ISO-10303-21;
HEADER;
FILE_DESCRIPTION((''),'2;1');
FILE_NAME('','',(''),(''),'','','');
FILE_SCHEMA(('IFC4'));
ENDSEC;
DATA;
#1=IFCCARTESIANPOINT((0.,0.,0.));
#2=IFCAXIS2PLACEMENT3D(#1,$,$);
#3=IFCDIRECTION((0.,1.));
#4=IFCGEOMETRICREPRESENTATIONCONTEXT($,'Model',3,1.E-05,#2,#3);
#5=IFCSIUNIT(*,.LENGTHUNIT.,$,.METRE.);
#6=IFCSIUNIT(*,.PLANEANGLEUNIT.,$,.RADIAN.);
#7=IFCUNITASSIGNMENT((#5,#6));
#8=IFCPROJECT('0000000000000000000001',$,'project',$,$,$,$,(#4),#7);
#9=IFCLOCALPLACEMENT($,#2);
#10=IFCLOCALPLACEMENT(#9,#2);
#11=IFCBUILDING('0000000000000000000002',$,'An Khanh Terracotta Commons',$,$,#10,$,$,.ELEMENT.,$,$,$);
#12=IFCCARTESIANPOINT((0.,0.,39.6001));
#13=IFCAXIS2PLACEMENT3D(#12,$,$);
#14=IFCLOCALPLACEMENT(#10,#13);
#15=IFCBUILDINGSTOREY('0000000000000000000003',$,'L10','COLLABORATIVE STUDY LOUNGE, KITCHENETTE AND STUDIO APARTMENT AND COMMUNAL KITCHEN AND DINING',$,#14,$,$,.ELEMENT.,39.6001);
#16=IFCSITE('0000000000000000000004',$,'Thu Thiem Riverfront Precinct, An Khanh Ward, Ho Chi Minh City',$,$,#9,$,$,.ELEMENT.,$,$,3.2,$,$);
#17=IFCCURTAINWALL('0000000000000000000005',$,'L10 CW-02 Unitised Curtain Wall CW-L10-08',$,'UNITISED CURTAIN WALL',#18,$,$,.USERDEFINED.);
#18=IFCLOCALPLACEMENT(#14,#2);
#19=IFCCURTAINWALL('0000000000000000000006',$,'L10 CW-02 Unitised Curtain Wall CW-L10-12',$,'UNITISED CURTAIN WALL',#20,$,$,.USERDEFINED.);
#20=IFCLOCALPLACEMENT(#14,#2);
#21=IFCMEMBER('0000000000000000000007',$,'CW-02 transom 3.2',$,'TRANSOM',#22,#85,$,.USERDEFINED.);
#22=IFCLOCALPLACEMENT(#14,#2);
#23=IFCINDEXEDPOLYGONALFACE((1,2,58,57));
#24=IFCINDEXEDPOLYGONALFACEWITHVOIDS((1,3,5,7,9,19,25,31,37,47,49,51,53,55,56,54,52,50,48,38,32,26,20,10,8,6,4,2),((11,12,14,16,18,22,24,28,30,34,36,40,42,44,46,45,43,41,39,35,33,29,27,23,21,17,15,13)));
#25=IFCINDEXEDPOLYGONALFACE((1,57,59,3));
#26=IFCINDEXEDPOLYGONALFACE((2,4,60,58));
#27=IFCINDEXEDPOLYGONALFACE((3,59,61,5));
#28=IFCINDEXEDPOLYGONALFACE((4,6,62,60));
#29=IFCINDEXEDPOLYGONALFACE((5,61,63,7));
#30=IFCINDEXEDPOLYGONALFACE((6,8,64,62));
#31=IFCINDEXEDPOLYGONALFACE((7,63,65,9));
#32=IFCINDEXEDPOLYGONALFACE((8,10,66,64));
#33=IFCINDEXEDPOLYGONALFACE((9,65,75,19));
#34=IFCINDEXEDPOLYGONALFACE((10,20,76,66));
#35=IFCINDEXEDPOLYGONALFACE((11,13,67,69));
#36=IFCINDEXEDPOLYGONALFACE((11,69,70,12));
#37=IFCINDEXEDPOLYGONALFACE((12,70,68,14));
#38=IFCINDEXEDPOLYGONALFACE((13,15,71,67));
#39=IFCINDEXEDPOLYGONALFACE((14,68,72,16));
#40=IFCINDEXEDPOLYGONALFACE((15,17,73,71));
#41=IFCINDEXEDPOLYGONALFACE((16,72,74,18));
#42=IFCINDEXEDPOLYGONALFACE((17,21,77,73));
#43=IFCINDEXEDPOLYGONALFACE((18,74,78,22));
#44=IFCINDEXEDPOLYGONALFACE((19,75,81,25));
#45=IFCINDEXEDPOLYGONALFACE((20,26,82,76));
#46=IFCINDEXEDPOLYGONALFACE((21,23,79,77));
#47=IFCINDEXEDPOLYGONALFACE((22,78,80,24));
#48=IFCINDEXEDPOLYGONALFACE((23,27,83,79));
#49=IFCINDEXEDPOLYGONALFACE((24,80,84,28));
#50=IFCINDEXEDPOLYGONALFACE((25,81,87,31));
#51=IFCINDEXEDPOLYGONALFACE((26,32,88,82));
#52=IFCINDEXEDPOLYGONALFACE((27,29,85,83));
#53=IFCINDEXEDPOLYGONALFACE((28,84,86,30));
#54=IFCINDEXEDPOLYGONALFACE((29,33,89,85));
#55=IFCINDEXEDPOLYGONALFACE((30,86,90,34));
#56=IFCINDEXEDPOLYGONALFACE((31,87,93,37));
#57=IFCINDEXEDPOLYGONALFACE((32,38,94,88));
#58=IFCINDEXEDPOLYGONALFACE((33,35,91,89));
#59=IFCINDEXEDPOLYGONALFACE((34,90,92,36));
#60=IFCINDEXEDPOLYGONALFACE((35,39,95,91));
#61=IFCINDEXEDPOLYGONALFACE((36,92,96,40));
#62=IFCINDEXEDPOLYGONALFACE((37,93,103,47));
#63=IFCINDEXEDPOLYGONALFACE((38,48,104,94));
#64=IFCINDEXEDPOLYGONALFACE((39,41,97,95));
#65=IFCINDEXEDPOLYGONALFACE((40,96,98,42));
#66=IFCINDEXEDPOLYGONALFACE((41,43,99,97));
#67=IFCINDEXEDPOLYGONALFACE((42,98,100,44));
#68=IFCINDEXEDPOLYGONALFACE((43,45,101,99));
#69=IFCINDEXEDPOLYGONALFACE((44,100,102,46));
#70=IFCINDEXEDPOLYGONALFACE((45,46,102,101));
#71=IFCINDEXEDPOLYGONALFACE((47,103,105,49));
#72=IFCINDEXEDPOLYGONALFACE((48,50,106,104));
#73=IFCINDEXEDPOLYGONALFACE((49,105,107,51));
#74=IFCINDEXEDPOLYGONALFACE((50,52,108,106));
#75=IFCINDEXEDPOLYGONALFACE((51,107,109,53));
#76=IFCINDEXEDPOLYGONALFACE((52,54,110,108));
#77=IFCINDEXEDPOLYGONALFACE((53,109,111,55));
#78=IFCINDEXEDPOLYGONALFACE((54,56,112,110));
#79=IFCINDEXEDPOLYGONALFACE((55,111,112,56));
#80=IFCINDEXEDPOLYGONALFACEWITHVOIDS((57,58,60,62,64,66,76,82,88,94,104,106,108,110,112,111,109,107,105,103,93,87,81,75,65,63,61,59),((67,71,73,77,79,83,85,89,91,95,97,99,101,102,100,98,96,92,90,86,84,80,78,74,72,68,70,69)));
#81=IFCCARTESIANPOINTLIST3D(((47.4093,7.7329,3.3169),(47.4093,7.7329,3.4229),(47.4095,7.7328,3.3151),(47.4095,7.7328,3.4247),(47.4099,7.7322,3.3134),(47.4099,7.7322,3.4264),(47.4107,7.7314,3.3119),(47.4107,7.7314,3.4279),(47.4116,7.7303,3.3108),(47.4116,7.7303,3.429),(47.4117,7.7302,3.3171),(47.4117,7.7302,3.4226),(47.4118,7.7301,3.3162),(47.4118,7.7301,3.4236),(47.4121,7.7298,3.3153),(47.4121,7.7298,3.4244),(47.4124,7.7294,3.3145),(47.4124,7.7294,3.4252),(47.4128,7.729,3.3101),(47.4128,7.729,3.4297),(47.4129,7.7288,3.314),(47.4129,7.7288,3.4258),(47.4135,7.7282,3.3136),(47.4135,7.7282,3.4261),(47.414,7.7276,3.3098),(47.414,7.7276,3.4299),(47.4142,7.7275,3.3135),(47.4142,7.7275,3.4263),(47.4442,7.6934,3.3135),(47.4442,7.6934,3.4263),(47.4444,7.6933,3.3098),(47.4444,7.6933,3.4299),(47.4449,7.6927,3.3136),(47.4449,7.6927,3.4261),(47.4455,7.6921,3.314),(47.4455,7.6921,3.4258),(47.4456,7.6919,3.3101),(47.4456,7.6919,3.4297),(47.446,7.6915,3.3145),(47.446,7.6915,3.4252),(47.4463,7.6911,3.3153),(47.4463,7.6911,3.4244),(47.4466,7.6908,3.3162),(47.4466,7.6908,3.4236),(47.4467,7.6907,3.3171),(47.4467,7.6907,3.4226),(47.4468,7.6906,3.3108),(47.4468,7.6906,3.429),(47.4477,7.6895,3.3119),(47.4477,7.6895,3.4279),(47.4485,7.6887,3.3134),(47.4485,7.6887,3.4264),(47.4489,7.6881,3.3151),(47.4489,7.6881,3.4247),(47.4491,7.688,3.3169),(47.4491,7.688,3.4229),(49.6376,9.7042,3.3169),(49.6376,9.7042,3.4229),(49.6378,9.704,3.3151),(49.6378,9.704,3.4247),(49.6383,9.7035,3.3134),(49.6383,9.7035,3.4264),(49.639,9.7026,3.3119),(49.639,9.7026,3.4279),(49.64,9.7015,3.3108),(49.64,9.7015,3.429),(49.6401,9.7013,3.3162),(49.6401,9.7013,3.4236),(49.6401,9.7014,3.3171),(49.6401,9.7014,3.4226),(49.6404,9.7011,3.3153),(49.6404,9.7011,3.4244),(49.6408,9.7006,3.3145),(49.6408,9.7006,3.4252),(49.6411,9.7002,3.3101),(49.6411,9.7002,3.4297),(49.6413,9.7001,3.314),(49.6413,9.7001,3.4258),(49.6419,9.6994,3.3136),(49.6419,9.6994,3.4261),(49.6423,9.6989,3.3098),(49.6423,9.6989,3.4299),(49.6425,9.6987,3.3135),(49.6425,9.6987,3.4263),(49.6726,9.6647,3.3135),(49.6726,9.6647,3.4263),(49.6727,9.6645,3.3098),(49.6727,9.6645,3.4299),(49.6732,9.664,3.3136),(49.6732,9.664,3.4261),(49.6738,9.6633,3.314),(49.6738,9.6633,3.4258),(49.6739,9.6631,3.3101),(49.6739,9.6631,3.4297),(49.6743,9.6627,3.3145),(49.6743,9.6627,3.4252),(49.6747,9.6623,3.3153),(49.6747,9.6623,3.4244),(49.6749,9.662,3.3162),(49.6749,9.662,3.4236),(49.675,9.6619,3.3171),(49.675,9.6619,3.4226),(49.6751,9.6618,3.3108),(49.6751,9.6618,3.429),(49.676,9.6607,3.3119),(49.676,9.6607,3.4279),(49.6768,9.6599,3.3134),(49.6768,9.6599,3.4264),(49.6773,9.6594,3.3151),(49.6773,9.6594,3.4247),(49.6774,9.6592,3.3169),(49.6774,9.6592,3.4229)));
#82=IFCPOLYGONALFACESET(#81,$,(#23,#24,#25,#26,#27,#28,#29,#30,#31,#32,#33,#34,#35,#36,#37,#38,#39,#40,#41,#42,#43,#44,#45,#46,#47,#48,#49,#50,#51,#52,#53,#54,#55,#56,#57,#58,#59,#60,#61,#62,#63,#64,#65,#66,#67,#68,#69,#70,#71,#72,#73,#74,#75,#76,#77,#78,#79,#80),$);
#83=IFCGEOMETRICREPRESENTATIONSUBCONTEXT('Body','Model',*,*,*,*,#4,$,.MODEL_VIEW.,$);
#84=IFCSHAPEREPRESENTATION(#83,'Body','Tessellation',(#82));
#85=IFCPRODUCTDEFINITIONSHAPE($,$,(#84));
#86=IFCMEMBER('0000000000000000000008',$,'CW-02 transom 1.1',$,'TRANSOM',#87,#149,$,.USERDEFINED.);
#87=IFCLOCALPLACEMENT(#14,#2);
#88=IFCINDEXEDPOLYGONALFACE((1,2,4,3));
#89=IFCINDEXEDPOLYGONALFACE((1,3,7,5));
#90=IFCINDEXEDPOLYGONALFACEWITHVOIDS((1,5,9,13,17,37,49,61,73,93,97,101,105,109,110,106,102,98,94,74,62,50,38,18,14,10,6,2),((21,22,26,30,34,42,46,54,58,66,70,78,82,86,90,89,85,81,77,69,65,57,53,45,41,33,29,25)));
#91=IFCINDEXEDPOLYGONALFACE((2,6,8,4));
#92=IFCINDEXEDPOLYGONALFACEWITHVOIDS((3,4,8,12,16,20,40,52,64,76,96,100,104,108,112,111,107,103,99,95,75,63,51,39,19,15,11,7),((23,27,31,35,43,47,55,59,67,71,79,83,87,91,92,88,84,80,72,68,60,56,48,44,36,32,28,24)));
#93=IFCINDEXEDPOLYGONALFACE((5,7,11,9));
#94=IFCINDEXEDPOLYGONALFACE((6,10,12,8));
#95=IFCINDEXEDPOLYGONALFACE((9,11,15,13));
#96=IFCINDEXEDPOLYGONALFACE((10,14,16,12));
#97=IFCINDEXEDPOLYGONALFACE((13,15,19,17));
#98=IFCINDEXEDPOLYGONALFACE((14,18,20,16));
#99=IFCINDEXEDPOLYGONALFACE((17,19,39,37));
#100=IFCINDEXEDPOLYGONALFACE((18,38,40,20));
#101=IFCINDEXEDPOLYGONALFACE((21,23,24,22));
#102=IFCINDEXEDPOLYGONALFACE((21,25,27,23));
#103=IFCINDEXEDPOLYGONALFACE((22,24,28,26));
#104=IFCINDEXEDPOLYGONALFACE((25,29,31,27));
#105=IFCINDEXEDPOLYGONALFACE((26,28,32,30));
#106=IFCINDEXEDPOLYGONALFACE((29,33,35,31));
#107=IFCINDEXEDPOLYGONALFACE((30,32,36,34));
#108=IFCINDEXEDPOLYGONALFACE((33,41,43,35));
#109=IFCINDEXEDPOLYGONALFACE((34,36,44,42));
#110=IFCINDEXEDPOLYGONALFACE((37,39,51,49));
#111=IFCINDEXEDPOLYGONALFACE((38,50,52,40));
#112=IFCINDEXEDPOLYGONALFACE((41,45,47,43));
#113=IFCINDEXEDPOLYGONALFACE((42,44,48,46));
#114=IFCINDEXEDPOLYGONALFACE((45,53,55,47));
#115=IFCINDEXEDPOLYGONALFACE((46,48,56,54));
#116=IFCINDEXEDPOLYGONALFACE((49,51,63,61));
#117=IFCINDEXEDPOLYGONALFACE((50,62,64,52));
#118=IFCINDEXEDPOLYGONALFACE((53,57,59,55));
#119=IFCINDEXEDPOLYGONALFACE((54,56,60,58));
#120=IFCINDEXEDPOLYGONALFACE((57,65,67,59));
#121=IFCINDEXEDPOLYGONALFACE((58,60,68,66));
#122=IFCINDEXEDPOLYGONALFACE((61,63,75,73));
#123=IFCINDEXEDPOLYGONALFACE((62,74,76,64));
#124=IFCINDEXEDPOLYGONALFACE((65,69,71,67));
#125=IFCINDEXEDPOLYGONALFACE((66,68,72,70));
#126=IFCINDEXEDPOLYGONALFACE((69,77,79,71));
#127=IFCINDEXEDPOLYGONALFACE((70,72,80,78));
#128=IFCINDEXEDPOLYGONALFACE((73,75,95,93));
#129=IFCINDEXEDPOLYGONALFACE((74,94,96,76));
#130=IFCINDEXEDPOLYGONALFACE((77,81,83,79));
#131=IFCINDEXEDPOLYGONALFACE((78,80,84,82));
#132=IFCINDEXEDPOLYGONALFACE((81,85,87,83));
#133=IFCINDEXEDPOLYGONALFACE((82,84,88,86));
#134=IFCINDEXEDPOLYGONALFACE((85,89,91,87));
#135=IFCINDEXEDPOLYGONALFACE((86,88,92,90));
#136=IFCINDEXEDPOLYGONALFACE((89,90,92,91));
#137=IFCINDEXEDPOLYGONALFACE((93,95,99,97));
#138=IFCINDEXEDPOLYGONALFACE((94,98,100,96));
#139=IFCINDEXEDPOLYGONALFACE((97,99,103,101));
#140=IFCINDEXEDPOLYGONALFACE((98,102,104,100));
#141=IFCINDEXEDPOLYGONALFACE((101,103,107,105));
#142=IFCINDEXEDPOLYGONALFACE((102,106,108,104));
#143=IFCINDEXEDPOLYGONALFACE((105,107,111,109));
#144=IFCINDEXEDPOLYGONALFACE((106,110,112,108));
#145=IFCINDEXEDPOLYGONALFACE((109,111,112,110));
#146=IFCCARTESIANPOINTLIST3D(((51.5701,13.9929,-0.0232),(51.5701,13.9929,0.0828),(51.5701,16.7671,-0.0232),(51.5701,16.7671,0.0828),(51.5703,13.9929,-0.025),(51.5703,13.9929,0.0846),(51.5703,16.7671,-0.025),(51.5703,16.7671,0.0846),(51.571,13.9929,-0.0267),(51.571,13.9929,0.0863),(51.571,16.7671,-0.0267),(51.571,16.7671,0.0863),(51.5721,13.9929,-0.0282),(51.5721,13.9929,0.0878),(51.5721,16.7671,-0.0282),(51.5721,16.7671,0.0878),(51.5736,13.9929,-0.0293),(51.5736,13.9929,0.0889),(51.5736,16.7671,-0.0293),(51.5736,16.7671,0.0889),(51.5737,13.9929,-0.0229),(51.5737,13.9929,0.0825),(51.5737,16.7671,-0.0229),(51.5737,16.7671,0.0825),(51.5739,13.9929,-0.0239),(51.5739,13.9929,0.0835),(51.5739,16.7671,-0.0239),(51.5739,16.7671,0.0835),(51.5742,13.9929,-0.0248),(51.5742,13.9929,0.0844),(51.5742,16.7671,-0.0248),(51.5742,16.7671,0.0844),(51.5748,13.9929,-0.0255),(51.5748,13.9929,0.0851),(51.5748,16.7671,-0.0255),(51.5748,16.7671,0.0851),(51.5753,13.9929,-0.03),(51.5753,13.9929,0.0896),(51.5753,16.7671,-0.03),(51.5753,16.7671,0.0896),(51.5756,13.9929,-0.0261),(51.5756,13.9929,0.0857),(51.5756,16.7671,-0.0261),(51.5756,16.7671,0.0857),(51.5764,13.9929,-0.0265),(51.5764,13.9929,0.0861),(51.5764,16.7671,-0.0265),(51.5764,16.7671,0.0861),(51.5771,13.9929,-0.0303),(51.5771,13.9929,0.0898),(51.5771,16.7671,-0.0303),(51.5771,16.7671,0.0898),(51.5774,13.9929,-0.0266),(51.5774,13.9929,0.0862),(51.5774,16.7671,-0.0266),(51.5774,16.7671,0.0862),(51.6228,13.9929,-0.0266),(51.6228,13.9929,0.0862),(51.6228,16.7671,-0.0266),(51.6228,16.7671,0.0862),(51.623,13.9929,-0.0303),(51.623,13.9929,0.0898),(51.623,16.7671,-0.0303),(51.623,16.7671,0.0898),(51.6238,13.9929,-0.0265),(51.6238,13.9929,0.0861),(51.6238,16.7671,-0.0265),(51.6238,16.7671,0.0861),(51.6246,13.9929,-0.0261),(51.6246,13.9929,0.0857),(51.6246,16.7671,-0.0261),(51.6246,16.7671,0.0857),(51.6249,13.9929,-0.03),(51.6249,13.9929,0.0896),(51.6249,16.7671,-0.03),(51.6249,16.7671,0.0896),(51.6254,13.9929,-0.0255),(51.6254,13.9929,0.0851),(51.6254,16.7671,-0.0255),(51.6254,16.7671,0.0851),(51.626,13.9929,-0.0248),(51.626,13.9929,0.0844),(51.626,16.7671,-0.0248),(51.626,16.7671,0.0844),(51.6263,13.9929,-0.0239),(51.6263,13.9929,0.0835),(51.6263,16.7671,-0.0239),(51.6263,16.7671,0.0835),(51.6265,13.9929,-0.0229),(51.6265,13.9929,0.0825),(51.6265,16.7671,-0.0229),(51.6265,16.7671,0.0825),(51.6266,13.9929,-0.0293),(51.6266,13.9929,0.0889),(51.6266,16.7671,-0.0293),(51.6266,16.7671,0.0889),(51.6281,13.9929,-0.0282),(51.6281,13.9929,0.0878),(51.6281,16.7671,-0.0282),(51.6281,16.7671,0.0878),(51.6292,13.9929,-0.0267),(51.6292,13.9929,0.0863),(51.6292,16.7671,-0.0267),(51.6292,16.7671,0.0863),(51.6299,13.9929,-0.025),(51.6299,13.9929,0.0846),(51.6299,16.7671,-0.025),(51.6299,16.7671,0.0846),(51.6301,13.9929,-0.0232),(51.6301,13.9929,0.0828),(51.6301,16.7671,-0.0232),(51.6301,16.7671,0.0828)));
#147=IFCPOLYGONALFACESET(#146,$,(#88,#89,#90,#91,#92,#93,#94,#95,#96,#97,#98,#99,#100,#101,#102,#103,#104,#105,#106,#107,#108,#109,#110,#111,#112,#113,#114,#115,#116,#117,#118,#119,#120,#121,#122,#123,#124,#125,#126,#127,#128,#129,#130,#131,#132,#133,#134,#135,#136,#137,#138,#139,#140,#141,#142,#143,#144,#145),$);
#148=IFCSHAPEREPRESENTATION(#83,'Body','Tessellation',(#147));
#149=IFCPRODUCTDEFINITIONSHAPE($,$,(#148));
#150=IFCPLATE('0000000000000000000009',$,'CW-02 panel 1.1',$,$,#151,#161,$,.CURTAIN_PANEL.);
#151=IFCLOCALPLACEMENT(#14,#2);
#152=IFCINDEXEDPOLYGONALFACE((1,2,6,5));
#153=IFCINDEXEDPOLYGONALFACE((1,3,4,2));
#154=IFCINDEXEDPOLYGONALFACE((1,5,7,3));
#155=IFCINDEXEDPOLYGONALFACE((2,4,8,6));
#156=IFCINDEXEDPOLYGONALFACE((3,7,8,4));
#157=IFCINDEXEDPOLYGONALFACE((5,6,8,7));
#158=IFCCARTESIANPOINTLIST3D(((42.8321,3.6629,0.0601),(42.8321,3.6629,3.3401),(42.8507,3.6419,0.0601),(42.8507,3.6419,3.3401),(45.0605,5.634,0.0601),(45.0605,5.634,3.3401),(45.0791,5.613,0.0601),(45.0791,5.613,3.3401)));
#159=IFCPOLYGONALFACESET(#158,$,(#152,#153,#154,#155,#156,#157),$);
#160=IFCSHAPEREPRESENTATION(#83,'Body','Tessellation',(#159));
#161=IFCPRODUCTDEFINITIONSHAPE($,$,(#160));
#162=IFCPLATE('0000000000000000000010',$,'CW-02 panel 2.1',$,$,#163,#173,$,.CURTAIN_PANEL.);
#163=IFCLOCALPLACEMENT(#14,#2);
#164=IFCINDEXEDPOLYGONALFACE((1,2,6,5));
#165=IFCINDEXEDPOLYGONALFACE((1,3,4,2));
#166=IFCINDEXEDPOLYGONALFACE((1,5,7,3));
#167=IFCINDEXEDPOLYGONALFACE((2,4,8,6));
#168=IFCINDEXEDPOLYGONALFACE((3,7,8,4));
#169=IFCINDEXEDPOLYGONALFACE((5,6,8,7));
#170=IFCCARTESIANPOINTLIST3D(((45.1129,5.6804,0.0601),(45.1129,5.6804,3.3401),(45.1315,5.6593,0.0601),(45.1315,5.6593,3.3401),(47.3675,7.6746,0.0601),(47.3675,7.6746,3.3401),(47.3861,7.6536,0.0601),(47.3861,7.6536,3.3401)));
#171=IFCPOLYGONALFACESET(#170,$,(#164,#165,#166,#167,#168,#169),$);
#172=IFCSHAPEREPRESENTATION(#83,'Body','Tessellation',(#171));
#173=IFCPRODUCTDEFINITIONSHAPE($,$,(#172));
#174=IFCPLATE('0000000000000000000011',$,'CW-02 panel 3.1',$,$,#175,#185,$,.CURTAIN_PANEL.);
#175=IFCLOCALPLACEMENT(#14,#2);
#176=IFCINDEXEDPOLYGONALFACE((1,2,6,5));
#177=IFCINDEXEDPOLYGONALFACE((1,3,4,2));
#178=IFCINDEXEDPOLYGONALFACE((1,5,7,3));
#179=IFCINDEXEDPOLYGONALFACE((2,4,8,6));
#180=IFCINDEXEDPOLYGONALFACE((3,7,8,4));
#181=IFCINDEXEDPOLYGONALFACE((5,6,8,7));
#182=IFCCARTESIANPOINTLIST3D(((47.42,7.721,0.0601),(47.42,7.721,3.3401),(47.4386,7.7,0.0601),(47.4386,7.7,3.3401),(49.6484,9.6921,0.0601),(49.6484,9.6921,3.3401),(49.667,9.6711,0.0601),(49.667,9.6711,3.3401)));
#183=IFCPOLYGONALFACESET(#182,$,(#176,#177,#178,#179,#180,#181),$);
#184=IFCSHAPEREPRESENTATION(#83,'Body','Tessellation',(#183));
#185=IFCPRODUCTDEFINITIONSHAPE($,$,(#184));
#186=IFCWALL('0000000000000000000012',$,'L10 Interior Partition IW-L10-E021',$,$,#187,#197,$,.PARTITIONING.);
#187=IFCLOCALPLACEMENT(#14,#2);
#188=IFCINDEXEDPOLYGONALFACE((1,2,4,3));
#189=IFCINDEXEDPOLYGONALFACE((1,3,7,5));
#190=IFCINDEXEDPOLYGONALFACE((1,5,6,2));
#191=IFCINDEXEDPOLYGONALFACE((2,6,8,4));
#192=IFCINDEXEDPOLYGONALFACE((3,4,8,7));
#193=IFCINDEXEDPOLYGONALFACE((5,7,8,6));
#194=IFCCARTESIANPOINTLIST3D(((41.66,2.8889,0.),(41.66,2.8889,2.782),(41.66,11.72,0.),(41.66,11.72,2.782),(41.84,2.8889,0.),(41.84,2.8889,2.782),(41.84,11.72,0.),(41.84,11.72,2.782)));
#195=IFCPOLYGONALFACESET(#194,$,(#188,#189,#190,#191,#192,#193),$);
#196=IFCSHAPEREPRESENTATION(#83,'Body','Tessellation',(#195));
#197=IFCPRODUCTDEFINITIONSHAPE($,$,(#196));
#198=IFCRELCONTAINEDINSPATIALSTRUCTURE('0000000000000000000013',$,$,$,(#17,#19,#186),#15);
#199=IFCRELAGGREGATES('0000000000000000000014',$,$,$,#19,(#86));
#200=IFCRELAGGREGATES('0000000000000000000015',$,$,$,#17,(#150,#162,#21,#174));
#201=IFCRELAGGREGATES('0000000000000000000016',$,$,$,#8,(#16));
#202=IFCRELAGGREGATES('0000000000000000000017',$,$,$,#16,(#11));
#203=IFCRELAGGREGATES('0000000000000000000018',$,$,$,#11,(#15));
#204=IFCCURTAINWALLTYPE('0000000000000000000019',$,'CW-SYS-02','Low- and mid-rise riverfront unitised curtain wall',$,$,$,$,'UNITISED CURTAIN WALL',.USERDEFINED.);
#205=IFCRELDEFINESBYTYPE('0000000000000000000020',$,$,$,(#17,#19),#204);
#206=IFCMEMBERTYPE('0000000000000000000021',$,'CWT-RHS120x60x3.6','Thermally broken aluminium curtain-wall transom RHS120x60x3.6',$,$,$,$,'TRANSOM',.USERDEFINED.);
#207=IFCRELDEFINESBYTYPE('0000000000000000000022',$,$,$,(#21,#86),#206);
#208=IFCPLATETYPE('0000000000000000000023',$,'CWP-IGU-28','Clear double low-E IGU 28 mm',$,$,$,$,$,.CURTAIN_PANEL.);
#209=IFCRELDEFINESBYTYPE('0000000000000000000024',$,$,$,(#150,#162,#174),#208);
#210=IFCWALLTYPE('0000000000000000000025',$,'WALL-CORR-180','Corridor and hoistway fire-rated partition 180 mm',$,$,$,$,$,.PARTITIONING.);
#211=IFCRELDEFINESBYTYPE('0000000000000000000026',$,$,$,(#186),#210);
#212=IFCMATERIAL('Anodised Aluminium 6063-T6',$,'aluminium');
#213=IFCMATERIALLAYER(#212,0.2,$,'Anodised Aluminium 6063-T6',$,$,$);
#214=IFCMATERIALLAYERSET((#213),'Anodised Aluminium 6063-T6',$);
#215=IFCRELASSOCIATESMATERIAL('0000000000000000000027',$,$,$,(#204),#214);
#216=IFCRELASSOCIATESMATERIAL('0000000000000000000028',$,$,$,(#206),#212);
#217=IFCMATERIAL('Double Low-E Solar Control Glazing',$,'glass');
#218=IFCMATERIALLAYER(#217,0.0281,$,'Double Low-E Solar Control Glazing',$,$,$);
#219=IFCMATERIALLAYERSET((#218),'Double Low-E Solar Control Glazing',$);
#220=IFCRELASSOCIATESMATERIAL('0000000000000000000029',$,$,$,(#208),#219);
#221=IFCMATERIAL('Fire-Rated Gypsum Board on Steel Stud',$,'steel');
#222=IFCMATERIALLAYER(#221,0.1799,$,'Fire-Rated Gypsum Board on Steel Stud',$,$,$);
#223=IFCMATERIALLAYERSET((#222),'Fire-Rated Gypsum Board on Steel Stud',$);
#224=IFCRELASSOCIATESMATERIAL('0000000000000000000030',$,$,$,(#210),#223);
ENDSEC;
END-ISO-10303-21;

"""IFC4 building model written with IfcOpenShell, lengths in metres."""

from ifc_helpers import new_model, si_unit, direction, frame, frame_2d, origin, origin_2d, place, context, subcontext, project, spatial, rectangle, hollow_rectangle, extrude, material, layer, layer_set, material_profile, profile_set, type_object, element, aggregate, save


model = new_model("IFC4")

# Units and contexts
model_context = context("Model", 3, precision=1e-05, world=origin(), true_north=direction((0.0, 1.0)))
body_context = subcontext(model_context, "Body", "Model", "MODEL_VIEW")
ifc_project = project(units=[si_unit("LENGTHUNIT", "METRE"), si_unit("PLANEANGLEUNIT", "RADIAN")], contexts=[model_context])

# Site, building, storey
site_placement = place(None, origin())
site = spatial("IfcSite", under=ifc_project, at=site_placement, Name="Thu Thiem Riverfront Precinct, An Khanh Ward, Ho Chi Minh City", CompositionType="ELEMENT", RefElevation=3.2)
building_placement = place(site_placement, origin())
building = spatial("IfcBuilding", under=site, at=building_placement, Name="An Khanh Terracotta Commons", CompositionType="ELEMENT")
storey_placement = place(building_placement, frame((0.0, 0.0, 39.6001)))
storey = spatial("IfcBuildingStorey", under=building, at=storey_placement, Name="L10", Description="COLLABORATIVE STUDY LOUNGE, KITCHENETTE AND STUDIO APARTMENT AND COMMUNAL KITCHEN AND DINING", CompositionType="ELEMENT", Elevation=39.6001)

# Curtain wall
ifc_material_1 = material(Name="Anodised Aluminium 6063-T6", Category="aluminium")
ifc_layer_1 = layer(ifc_material_1, 0.2, Name="Anodised Aluminium 6063-T6")
ifc_layer_set_1 = layer_set([ifc_layer_1], Name="Anodised Aluminium 6063-T6")
curtain_wall_type = type_object("IfcCurtainWallType", Name="CW-SYS-02", Description="Low- and mid-rise riverfront unitised curtain wall", ElementType="UNITISED CURTAIN WALL", PredefinedType="USERDEFINED", material=ifc_layer_set_1)
curtain_wall_1_placement = place(storey_placement, origin())
curtain_wall_1 = element("IfcCurtainWall", 1, at=curtain_wall_1_placement, inside=storey, type_object=curtain_wall_type, Name="L10 CW-02 Unitised Curtain Wall CW-L10-08", ObjectType="UNITISED CURTAIN WALL", PredefinedType="USERDEFINED")

# Curtain wall
curtain_wall_2_placement = place(storey_placement, origin())
curtain_wall_2 = element("IfcCurtainWall", 2, at=curtain_wall_2_placement, inside=storey, type_object=curtain_wall_type, Name="L10 CW-02 Unitised Curtain Wall CW-L10-12", ObjectType="UNITISED CURTAIN WALL", PredefinedType="USERDEFINED")

# Members
ifc_material_profile_1 = material_profile(ifc_material_1, hollow_rectangle(XDim=0.0601, YDim=0.1201, WallThickness=0.0037, InnerFilletRadius=0.0037, OuterFilletRadius=0.0071, at=origin_2d()), Name="RHS120x60x3.6")
ifc_profile_set_1 = profile_set([ifc_material_profile_1], Name="Anodised Aluminium 6063-T6")
member_type_1 = type_object("IfcMemberType", Name="CWT-RHS120x60x3.6", Description="Thermally broken aluminium curtain-wall transom RHS120x60x3.6", ElementType="TRANSOM", PredefinedType="USERDEFINED", material=ifc_profile_set_1)
member_1_placement = place(storey_placement, frame((47.4292, 7.7104, 3.3699), z_axis=(0.748992, 0.662579, 0.0), x_axis=(-0.662579, 0.748992, 0.0)))
member_1 = element("IfcMember", 3, at=member_1_placement, type_object=member_type_1, Name="CW-02 transom 3.2", ObjectType="TRANSOM", PredefinedType="USERDEFINED", context=body_context, shape_type="SweptSolid", body=[
    extrude(hollow_rectangle(XDim=0.0601, YDim=0.1201, WallThickness=0.0037, InnerFilletRadius=0.0037, OuterFilletRadius=0.0071, at=origin_2d()), origin(), (0.0, 0.0, 1.0), 2.9751),
])
member_2_placement = place(storey_placement, frame((51.6001, 13.9929, 0.0298), z_axis=(0.0, 1.0, 0.0), x_axis=(-1.0, 0.0, 0.0)))
member_2 = element("IfcMember", 4, at=member_2_placement, type_object=member_type_1, Name="CW-02 transom 1.1", ObjectType="TRANSOM", PredefinedType="USERDEFINED", context=body_context, shape_type="SweptSolid", body=[
    extrude(hollow_rectangle(XDim=0.0601, YDim=0.1201, WallThickness=0.0037, InnerFilletRadius=0.0037, OuterFilletRadius=0.0071, at=origin_2d()), origin(), (0.0, 0.0, 1.0), 2.7742),
])
aggregate(curtain_wall_2, [member_2])

# Plates
ifc_material_2 = material(Name="Double Low-E Solar Control Glazing", Category="glass")
ifc_layer_2 = layer(ifc_material_2, 0.0281, Name="Double Low-E Solar Control Glazing")
ifc_layer_set_2 = layer_set([ifc_layer_2], Name="Double Low-E Solar Control Glazing")
plate_type = type_object("IfcPlateType", Name="CWP-IGU-28", Description="Clear double low-E IGU 28 mm", PredefinedType="CURTAIN_PANEL", material=ifc_layer_set_2)
plate_1_placement = place(storey_placement, frame((43.9556, 4.6379, 0.0601), z_axis=(0.0, 0.0, 1.0), x_axis=(0.749019, 0.662548, 0.0)))
plate_1 = element("IfcPlate", 5, at=plate_1_placement, type_object=plate_type, Name="CW-02 panel 1.1", PredefinedType="CURTAIN_PANEL", context=body_context, shape_type="SweptSolid", body=[
    extrude(rectangle(XDim=2.9751, YDim=0.0281, at=origin_2d()), origin(), (0.0, 0.0, 1.0), 3.28),
])
plate_2_placement = place(storey_placement, frame((46.2495, 6.667, 0.0601), z_axis=(0.0, 0.0, 1.0), x_axis=(0.749019, 0.662548, 0.0)))
plate_2 = element("IfcPlate", 6, at=plate_2_placement, type_object=plate_type, Name="CW-02 panel 2.1", PredefinedType="CURTAIN_PANEL", context=body_context, shape_type="SweptSolid", body=[
    extrude(rectangle(XDim=3.01, YDim=0.0281, at=origin_2d()), origin(), (0.0, 0.0, 1.0), 3.28),
])
plate_3_placement = place(storey_placement, frame((48.5435, 8.696, 0.0601), z_axis=(0.0, 0.0, 1.0), x_axis=(0.749019, 0.662548, 0.0)))
plate_3 = element("IfcPlate", 7, at=plate_3_placement, type_object=plate_type, Name="CW-02 panel 3.1", PredefinedType="CURTAIN_PANEL", context=body_context, shape_type="SweptSolid", body=[
    extrude(rectangle(XDim=2.9751, YDim=0.0281, at=origin_2d()), origin(), (0.0, 0.0, 1.0), 3.28),
])
aggregate(curtain_wall_1, [plate_1, plate_2, member_1, plate_3])

# Wall
ifc_material_3 = material(Name="Fire-Rated Gypsum Board on Steel Stud", Category="steel")
ifc_layer_3 = layer(ifc_material_3, 0.1799, Name="Fire-Rated Gypsum Board on Steel Stud")
ifc_layer_set_3 = layer_set([ifc_layer_3], Name="Fire-Rated Gypsum Board on Steel Stud")
wall_type_1 = type_object("IfcWallType", Name="WALL-CORR-180", Description="Corridor and hoistway fire-rated partition 180 mm", PredefinedType="PARTITIONING", material=ifc_layer_set_3)
wall_1_placement = place(storey_placement, frame((41.75, 2.8889, 0.0), z_axis=(0.0, 0.0, 1.0), x_axis=(0.0, 1.0, 0.0)))
element("IfcWall", 8, at=wall_1_placement, inside=storey, type_object=wall_type_1, Name="L10 Interior Partition IW-L10-E021", PredefinedType="PARTITIONING", context=body_context, shape_type="SweptSolid", body=[
    extrude(rectangle(XDim=8.8311, YDim=0.1799, at=frame_2d((4.4155, 0.0))), origin(), (0.0, 0.0, 1.0), 2.782),
])

save(model, "model.ifc")
